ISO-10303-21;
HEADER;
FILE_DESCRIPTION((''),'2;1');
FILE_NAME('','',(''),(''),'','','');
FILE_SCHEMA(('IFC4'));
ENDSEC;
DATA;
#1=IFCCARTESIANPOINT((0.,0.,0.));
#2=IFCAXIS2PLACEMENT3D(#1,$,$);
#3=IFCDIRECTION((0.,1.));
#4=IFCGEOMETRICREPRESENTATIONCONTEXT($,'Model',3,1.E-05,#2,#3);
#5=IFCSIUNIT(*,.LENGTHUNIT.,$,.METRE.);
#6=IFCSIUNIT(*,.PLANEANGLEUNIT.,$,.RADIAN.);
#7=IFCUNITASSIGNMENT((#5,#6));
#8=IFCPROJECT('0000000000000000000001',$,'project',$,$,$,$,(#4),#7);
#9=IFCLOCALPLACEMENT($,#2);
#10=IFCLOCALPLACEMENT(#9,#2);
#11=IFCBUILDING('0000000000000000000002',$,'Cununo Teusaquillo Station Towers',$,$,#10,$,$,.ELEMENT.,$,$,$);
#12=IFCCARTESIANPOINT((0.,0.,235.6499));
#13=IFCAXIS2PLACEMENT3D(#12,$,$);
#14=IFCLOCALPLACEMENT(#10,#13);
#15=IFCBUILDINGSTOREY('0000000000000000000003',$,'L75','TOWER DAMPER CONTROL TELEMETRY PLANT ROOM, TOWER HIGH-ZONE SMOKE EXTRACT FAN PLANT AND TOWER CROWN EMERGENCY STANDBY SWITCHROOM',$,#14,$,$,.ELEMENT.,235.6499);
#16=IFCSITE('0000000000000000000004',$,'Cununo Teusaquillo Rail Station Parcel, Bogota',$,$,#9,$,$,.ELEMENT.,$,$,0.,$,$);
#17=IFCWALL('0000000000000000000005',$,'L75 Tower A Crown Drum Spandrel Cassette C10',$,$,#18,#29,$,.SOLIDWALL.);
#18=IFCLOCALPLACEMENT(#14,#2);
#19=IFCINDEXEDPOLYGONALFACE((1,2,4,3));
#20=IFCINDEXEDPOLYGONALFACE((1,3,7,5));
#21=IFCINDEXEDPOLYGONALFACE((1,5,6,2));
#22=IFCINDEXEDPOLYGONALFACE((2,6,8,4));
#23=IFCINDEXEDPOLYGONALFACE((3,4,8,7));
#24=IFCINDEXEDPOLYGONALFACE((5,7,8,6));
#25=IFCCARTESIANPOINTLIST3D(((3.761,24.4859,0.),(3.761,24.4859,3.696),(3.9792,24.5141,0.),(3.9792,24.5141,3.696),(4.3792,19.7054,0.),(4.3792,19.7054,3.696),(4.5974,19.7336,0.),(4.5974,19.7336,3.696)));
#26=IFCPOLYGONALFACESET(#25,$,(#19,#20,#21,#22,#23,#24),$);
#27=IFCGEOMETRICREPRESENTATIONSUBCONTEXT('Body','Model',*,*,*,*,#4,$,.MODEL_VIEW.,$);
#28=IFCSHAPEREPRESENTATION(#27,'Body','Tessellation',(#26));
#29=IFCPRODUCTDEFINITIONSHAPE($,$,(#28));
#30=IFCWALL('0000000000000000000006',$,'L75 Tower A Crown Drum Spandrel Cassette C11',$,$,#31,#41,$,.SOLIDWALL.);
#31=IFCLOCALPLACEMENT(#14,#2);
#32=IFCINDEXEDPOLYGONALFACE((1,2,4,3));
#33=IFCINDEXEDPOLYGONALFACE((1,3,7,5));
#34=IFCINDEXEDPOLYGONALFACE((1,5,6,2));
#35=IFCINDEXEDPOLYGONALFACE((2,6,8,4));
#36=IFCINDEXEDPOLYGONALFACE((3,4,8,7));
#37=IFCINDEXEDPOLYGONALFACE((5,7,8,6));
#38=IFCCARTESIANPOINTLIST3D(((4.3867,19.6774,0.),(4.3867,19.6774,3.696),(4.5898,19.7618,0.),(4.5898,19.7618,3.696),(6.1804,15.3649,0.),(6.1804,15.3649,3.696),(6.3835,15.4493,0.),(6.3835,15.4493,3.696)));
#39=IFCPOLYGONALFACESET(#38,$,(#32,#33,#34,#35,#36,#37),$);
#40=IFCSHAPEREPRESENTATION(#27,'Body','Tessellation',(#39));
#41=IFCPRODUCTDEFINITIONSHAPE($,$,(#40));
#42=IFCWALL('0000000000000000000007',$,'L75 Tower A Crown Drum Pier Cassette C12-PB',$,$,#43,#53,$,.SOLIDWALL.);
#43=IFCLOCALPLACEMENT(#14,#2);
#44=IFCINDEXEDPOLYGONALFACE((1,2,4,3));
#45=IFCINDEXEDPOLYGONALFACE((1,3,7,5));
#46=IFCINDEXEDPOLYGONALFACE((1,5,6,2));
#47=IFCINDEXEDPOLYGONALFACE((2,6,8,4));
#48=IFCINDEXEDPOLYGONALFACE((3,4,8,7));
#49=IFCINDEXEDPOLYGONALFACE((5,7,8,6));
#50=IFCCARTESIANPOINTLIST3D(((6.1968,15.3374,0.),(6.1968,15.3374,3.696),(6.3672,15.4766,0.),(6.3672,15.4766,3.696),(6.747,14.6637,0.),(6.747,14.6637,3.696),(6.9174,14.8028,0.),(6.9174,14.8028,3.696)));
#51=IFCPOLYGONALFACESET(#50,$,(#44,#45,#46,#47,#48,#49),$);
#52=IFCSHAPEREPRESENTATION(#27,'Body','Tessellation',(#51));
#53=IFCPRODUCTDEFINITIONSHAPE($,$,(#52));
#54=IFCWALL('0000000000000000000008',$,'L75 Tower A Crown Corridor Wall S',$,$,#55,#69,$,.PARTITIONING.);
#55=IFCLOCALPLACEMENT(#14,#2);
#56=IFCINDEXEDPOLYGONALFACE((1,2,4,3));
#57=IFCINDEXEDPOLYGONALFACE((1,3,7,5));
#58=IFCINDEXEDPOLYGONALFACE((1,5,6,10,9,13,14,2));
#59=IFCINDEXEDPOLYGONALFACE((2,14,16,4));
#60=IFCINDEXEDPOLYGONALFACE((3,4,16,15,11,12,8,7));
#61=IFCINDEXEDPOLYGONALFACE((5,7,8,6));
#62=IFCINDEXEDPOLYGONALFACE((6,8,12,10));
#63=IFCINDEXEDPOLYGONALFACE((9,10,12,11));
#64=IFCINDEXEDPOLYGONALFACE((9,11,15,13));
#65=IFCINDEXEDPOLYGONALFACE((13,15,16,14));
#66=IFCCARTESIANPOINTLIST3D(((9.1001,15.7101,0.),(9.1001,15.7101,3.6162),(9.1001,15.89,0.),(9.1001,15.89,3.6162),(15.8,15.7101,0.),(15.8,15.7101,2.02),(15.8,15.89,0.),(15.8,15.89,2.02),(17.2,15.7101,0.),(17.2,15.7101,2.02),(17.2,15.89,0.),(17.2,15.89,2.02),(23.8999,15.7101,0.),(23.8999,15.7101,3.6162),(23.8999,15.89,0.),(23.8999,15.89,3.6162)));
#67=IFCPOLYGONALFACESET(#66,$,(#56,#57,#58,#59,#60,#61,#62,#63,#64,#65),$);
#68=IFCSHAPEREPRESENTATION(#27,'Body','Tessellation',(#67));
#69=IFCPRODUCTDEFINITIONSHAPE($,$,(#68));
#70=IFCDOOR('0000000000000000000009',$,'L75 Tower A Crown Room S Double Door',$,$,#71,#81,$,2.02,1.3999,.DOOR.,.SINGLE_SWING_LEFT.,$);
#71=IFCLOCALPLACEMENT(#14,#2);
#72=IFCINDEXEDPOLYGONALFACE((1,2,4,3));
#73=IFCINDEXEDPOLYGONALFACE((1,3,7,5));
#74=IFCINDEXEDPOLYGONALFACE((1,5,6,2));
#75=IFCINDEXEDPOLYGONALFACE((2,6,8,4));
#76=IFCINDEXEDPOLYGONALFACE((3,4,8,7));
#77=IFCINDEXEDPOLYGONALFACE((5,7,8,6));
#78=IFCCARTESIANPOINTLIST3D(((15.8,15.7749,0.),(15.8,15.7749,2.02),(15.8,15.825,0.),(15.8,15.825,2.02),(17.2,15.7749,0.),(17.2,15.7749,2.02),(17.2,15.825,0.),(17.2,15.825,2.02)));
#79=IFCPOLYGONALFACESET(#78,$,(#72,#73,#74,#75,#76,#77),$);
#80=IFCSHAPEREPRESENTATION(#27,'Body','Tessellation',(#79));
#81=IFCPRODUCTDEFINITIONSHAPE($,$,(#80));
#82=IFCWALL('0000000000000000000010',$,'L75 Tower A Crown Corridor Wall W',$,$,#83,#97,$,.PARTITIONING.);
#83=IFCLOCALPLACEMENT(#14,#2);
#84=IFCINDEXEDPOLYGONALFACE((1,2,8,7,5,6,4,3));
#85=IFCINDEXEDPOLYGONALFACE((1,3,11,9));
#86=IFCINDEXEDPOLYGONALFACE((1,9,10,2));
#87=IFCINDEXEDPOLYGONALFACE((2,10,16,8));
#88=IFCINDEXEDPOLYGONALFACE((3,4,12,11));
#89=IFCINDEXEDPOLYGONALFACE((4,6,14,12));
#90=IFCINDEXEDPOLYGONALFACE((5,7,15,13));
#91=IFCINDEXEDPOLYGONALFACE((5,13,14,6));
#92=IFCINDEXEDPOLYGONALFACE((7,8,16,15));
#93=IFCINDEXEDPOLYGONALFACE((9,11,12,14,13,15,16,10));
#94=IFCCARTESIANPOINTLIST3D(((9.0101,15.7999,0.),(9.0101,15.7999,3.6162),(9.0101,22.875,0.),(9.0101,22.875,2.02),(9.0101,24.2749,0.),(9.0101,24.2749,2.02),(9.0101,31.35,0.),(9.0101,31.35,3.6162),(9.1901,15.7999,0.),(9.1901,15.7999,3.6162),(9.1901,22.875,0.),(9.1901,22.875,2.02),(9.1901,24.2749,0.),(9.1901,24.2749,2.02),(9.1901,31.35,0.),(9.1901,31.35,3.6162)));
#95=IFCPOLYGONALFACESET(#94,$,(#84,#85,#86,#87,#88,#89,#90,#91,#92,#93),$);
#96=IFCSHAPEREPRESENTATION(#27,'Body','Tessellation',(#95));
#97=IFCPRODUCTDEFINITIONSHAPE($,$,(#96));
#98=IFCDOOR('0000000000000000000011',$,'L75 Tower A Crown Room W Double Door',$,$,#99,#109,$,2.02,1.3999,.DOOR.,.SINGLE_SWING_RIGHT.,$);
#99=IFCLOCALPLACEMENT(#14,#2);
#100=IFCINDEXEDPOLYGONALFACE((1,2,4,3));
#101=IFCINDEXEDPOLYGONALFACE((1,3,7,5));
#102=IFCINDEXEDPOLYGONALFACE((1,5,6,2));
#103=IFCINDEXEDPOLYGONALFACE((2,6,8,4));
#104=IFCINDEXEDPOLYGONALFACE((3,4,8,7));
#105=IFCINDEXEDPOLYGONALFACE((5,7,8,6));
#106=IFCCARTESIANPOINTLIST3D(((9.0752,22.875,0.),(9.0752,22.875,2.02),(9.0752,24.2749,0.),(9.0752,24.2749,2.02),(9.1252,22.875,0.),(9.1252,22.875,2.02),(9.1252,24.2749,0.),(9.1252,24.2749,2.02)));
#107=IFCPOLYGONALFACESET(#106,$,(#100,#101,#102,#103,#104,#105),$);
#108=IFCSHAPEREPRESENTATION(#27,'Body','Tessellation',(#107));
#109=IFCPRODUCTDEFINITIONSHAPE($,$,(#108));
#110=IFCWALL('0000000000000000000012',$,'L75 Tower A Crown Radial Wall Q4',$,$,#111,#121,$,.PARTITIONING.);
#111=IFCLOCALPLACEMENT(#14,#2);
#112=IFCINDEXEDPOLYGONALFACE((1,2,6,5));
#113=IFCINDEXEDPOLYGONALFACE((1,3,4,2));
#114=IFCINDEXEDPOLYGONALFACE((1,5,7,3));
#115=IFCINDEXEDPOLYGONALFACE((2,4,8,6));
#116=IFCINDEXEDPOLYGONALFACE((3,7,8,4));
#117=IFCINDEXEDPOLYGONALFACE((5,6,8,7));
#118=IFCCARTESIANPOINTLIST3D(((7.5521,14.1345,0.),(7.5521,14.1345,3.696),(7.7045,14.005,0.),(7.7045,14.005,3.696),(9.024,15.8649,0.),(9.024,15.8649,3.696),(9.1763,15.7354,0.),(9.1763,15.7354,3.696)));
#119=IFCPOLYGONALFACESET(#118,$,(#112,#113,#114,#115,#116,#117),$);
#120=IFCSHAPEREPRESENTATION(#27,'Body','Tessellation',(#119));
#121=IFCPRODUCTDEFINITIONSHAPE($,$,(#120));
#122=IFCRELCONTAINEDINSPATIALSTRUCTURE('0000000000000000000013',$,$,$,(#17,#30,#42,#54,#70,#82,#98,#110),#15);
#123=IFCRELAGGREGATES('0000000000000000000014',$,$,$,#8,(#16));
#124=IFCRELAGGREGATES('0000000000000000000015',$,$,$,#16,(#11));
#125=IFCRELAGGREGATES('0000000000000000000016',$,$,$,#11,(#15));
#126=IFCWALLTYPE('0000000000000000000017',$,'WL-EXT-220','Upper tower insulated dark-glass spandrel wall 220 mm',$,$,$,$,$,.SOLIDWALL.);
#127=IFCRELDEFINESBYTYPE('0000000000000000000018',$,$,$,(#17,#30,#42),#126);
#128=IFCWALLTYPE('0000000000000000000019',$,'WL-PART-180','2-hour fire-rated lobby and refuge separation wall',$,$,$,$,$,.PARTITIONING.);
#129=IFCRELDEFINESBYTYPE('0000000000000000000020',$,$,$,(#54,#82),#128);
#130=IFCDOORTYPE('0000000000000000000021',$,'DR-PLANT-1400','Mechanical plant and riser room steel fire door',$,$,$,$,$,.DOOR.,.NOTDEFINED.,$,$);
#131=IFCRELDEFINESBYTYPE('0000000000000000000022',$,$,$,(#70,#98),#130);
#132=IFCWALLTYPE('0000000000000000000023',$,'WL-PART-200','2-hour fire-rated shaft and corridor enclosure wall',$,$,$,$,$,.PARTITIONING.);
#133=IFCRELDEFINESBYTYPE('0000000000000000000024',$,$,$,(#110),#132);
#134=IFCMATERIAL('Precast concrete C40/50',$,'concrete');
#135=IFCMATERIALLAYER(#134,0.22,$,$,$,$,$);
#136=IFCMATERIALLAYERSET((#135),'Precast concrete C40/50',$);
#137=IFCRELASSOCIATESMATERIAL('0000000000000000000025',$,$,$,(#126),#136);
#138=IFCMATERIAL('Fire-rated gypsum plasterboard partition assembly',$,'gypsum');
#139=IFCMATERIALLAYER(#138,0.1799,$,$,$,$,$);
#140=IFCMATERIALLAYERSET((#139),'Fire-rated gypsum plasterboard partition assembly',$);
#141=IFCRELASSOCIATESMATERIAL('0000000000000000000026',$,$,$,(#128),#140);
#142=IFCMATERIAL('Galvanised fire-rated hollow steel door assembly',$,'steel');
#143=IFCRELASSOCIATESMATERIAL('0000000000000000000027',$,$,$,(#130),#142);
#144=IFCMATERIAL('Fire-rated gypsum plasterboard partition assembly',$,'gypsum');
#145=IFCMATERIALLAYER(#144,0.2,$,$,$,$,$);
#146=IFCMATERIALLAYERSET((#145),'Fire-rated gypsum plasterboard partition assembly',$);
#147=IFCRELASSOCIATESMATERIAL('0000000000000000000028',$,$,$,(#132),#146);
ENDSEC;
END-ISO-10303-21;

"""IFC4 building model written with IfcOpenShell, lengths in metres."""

from ifc_helpers import new_model, si_unit, direction, frame, frame_2d, origin, place, context, subcontext, project, spatial, rectangle, extrude, source, transform, mapped, material, layer, layer_set, type_object, element, fill, save


model = new_model("IFC4")

# Units and contexts
model_context = context("Model", 3, precision=1e-05, world=origin(), true_north=direction((0.0, 1.0)))
body_context = subcontext(model_context, "Body", "Model", "MODEL_VIEW")
ifc_project = project(units=[si_unit("LENGTHUNIT", "METRE"), si_unit("PLANEANGLEUNIT", "RADIAN")], contexts=[model_context])

# Site, building, storey
site_placement = place(None, origin())
site = spatial("IfcSite", under=ifc_project, at=site_placement, Name="Cununo Teusaquillo Rail Station Parcel, Bogota", CompositionType="ELEMENT", RefElevation=0.0)
building_placement = place(site_placement, origin())
building = spatial("IfcBuilding", under=site, at=building_placement, Name="Cununo Teusaquillo Station Towers", CompositionType="ELEMENT")
storey_placement = place(building_placement, frame((0.0, 0.0, 235.6499)))
storey = spatial("IfcBuildingStorey", under=building, at=storey_placement, Name="L75", Description="TOWER DAMPER CONTROL TELEMETRY PLANT ROOM, TOWER HIGH-ZONE SMOKE EXTRACT FAN PLANT AND TOWER CROWN EMERGENCY STANDBY SWITCHROOM", CompositionType="ELEMENT", Elevation=235.6499)

# Walls
ifc_material_1 = material(Name="Precast concrete C40/50", Category="concrete")
ifc_layer_1 = layer(ifc_material_1, 0.22)
ifc_layer_set_1 = layer_set([ifc_layer_1], Name="Precast concrete C40/50")
wall_type_1 = type_object("IfcWallType", Name="WL-EXT-220", Description="Upper tower insulated dark-glass spandrel wall 220 mm", PredefinedType="SOLIDWALL", material=ifc_layer_set_1)
wall_1_placement = place(storey_placement, frame((4.4883, 19.7195, 0.0), z_axis=(0.0, 0.0, 1.0), x_axis=(-0.128241, 0.991743, 0.0)))
element("IfcWall", 1, at=wall_1_placement, inside=storey, type_object=wall_type_1, Name="L75 Tower A Crown Drum Spandrel Cassette C10", PredefinedType="SOLIDWALL", context=body_context, shape_type="SweptSolid", body=[
    extrude(rectangle(XDim=4.8203, YDim=0.22, at=frame_2d((2.4102, 0.0))), origin(), (0.0, 0.0, 1.0), 3.696),
])
wall_2_placement = place(storey_placement, frame((6.282, 15.407, 0.0), z_axis=(0.0, 0.0, 1.0), x_axis=(-0.384036, 0.923318, 0.0)))
element("IfcWall", 2, at=wall_2_placement, inside=storey, type_object=wall_type_1, Name="L75 Tower A Crown Drum Spandrel Cassette C11", PredefinedType="SOLIDWALL", context=body_context, shape_type="SweptSolid", body=[
    extrude(rectangle(XDim=4.6707, YDim=0.22, at=frame_2d((2.3354, 0.0))), origin(), (0.0, 0.0, 1.0), 3.696),
])
wall_3_placement = place(storey_placement, frame((6.8323, 14.7332, 0.0), z_axis=(0.0, 0.0, 1.0), x_axis=(-0.632535, 0.774532, 0.0)))
element("IfcWall", 3, at=wall_3_placement, inside=storey, type_object=wall_type_1, Name="L75 Tower A Crown Drum Pier Cassette C12-PB", PredefinedType="SOLIDWALL", context=body_context, shape_type="SweptSolid", body=[
    extrude(rectangle(XDim=0.8699, YDim=0.22, at=frame_2d((0.4351, 0.0))), origin(), (0.0, 0.0, 1.0), 3.696),
])

# Walls, openings, doors
ifc_material_2 = material(Name="Fire-rated gypsum plasterboard partition assembly", Category="gypsum")
ifc_layer_2 = layer(ifc_material_2, 0.1799)
ifc_layer_set_2 = layer_set([ifc_layer_2], Name="Fire-rated gypsum plasterboard partition assembly")
wall_type_2 = type_object("IfcWallType", Name="WL-PART-180", Description="2-hour fire-rated lobby and refuge separation wall", PredefinedType="PARTITIONING", material=ifc_layer_set_2)
wall_4_placement = place(storey_placement, frame((9.1001, 15.8, 0.0), z_axis=(0.0, 0.0, 1.0), x_axis=(1.0, 0.0, 0.0)))
wall_4 = element("IfcWall", 4, at=wall_4_placement, inside=storey, type_object=wall_type_2, Name="L75 Tower A Crown Corridor Wall S", PredefinedType="PARTITIONING", context=body_context, shape_type="SweptSolid", body=[
    extrude(rectangle(XDim=14.7998, YDim=0.1799, at=frame_2d((7.3999, 0.0))), origin(), (0.0, 0.0, 1.0), 3.6162),
])
shared_shape_1 = source(origin(), body_context, "Body", "SweptSolid", [
    extrude(rectangle(XDim=1.3999, YDim=2.02, at=frame_2d((0.7, 1.01))), frame((0.0, 0.0999, 0.0), z_axis=(0.0, -1.0, 0.0), x_axis=(1.0, 0.0, 0.0)), (0.0, 0.0, 1.0), 0.2),
])
opening_1_placement = place(wall_4_placement, frame((6.7, 0.0, 0.0)))
opening_1 = element("IfcOpeningElement", 5, at=opening_1_placement, cuts=wall_4, PredefinedType="OPENING", context=body_context, shape_type="MappedRepresentation", body=[
    mapped(shared_shape_1, transform((0.0, 0.0, 0.0), x_axis=(1.0, 0.0, 0.0), y_axis=(0.0, 1.0, 0.0), z_axis=(0.0, 0.0, 1.0), scale=1.0)),
])
ifc_material_3 = material(Name="Galvanised fire-rated hollow steel door assembly", Category="steel")
door_type = type_object("IfcDoorType", Name="DR-PLANT-1400", Description="Mechanical plant and riser room steel fire door", OperationType="NOTDEFINED", PredefinedType="DOOR", material=ifc_material_3)
shared_shape_2 = source(origin(), body_context, "Body", "SweptSolid", [
    extrude(rectangle(XDim=1.3999, YDim=2.02, at=frame_2d((0.7, 1.01))), frame((0.0, 0.0249, 0.0), z_axis=(0.0, -1.0, 0.0), x_axis=(1.0, 0.0, 0.0)), (0.0, 0.0, 1.0), 0.05),
])
door_1_placement = place(opening_1_placement, origin())
door_1 = element("IfcDoor", 6, at=door_1_placement, inside=storey, type_object=door_type, Name="L75 Tower A Crown Room S Double Door", OperationType="SINGLE_SWING_LEFT", OverallHeight=2.02, OverallWidth=1.3999, PredefinedType="DOOR", context=body_context, shape_type="MappedRepresentation", body=[
    mapped(shared_shape_2, transform((0.0, 0.0, 0.0), x_axis=(1.0, 0.0, 0.0), y_axis=(0.0, 1.0, 0.0), z_axis=(0.0, 0.0, 1.0), scale=1.0)),
])
fill(opening_1, door_1)
wall_5_placement = place(storey_placement, frame((9.1001, 15.8, 0.0), z_axis=(0.0, 0.0, 1.0), x_axis=(0.0, 1.0, 0.0)))
wall_5 = element("IfcWall", 7, at=wall_5_placement, inside=storey, type_object=wall_type_2, Name="L75 Tower A Crown Corridor Wall W", PredefinedType="PARTITIONING", context=body_context, shape_type="SweptSolid", body=[
    extrude(rectangle(XDim=15.55, YDim=0.1799, at=frame_2d((7.7749, 0.0))), origin(), (0.0, 0.0, 1.0), 3.6162),
])
opening_2_placement = place(wall_5_placement, frame((7.075, 0.0, 0.0)))
opening_2 = element("IfcOpeningElement", 8, at=opening_2_placement, cuts=wall_5, PredefinedType="OPENING", context=body_context, shape_type="MappedRepresentation", body=[
    mapped(shared_shape_1, transform((0.0, 0.0, 0.0), x_axis=(1.0, 0.0, 0.0), y_axis=(0.0, 1.0, 0.0), z_axis=(0.0, 0.0, 1.0), scale=1.0)),
])
door_2_placement = place(opening_2_placement, origin())
door_2 = element("IfcDoor", 9, at=door_2_placement, inside=storey, type_object=door_type, Name="L75 Tower A Crown Room W Double Door", OperationType="SINGLE_SWING_RIGHT", OverallHeight=2.02, OverallWidth=1.3999, PredefinedType="DOOR", context=body_context, shape_type="MappedRepresentation", body=[
    mapped(shared_shape_2, transform((0.0, 0.0, 0.0), x_axis=(1.0, 0.0, 0.0), y_axis=(0.0, 1.0, 0.0), z_axis=(0.0, 0.0, 1.0), scale=1.0)),
])
fill(opening_2, door_2)

# Wall
ifc_material_4 = material(Name="Fire-rated gypsum plasterboard partition assembly", Category="gypsum")
ifc_layer_3 = layer(ifc_material_4, 0.2)
ifc_layer_set_3 = layer_set([ifc_layer_3], Name="Fire-rated gypsum plasterboard partition assembly")
wall_type_3 = type_object("IfcWallType", Name="WL-PART-200", Description="2-hour fire-rated shaft and corridor enclosure wall", PredefinedType="PARTITIONING", material=ifc_layer_set_3)
wall_6_placement = place(storey_placement, frame((9.1001, 15.8, 0.0), z_axis=(0.0, 0.0, 1.0), x_axis=(-0.64791, -0.761717, 0.0)))
element("IfcWall", 10, at=wall_6_placement, inside=storey, type_object=wall_type_3, Name="L75 Tower A Crown Radial Wall Q4", PredefinedType="PARTITIONING", context=body_context, shape_type="SweptSolid", body=[
    extrude(rectangle(XDim=2.2717, YDim=0.2, at=frame_2d((1.1357, 0.0))), origin(), (0.0, 0.0, 1.0), 3.696),
])

save(model, "model.ifc")
